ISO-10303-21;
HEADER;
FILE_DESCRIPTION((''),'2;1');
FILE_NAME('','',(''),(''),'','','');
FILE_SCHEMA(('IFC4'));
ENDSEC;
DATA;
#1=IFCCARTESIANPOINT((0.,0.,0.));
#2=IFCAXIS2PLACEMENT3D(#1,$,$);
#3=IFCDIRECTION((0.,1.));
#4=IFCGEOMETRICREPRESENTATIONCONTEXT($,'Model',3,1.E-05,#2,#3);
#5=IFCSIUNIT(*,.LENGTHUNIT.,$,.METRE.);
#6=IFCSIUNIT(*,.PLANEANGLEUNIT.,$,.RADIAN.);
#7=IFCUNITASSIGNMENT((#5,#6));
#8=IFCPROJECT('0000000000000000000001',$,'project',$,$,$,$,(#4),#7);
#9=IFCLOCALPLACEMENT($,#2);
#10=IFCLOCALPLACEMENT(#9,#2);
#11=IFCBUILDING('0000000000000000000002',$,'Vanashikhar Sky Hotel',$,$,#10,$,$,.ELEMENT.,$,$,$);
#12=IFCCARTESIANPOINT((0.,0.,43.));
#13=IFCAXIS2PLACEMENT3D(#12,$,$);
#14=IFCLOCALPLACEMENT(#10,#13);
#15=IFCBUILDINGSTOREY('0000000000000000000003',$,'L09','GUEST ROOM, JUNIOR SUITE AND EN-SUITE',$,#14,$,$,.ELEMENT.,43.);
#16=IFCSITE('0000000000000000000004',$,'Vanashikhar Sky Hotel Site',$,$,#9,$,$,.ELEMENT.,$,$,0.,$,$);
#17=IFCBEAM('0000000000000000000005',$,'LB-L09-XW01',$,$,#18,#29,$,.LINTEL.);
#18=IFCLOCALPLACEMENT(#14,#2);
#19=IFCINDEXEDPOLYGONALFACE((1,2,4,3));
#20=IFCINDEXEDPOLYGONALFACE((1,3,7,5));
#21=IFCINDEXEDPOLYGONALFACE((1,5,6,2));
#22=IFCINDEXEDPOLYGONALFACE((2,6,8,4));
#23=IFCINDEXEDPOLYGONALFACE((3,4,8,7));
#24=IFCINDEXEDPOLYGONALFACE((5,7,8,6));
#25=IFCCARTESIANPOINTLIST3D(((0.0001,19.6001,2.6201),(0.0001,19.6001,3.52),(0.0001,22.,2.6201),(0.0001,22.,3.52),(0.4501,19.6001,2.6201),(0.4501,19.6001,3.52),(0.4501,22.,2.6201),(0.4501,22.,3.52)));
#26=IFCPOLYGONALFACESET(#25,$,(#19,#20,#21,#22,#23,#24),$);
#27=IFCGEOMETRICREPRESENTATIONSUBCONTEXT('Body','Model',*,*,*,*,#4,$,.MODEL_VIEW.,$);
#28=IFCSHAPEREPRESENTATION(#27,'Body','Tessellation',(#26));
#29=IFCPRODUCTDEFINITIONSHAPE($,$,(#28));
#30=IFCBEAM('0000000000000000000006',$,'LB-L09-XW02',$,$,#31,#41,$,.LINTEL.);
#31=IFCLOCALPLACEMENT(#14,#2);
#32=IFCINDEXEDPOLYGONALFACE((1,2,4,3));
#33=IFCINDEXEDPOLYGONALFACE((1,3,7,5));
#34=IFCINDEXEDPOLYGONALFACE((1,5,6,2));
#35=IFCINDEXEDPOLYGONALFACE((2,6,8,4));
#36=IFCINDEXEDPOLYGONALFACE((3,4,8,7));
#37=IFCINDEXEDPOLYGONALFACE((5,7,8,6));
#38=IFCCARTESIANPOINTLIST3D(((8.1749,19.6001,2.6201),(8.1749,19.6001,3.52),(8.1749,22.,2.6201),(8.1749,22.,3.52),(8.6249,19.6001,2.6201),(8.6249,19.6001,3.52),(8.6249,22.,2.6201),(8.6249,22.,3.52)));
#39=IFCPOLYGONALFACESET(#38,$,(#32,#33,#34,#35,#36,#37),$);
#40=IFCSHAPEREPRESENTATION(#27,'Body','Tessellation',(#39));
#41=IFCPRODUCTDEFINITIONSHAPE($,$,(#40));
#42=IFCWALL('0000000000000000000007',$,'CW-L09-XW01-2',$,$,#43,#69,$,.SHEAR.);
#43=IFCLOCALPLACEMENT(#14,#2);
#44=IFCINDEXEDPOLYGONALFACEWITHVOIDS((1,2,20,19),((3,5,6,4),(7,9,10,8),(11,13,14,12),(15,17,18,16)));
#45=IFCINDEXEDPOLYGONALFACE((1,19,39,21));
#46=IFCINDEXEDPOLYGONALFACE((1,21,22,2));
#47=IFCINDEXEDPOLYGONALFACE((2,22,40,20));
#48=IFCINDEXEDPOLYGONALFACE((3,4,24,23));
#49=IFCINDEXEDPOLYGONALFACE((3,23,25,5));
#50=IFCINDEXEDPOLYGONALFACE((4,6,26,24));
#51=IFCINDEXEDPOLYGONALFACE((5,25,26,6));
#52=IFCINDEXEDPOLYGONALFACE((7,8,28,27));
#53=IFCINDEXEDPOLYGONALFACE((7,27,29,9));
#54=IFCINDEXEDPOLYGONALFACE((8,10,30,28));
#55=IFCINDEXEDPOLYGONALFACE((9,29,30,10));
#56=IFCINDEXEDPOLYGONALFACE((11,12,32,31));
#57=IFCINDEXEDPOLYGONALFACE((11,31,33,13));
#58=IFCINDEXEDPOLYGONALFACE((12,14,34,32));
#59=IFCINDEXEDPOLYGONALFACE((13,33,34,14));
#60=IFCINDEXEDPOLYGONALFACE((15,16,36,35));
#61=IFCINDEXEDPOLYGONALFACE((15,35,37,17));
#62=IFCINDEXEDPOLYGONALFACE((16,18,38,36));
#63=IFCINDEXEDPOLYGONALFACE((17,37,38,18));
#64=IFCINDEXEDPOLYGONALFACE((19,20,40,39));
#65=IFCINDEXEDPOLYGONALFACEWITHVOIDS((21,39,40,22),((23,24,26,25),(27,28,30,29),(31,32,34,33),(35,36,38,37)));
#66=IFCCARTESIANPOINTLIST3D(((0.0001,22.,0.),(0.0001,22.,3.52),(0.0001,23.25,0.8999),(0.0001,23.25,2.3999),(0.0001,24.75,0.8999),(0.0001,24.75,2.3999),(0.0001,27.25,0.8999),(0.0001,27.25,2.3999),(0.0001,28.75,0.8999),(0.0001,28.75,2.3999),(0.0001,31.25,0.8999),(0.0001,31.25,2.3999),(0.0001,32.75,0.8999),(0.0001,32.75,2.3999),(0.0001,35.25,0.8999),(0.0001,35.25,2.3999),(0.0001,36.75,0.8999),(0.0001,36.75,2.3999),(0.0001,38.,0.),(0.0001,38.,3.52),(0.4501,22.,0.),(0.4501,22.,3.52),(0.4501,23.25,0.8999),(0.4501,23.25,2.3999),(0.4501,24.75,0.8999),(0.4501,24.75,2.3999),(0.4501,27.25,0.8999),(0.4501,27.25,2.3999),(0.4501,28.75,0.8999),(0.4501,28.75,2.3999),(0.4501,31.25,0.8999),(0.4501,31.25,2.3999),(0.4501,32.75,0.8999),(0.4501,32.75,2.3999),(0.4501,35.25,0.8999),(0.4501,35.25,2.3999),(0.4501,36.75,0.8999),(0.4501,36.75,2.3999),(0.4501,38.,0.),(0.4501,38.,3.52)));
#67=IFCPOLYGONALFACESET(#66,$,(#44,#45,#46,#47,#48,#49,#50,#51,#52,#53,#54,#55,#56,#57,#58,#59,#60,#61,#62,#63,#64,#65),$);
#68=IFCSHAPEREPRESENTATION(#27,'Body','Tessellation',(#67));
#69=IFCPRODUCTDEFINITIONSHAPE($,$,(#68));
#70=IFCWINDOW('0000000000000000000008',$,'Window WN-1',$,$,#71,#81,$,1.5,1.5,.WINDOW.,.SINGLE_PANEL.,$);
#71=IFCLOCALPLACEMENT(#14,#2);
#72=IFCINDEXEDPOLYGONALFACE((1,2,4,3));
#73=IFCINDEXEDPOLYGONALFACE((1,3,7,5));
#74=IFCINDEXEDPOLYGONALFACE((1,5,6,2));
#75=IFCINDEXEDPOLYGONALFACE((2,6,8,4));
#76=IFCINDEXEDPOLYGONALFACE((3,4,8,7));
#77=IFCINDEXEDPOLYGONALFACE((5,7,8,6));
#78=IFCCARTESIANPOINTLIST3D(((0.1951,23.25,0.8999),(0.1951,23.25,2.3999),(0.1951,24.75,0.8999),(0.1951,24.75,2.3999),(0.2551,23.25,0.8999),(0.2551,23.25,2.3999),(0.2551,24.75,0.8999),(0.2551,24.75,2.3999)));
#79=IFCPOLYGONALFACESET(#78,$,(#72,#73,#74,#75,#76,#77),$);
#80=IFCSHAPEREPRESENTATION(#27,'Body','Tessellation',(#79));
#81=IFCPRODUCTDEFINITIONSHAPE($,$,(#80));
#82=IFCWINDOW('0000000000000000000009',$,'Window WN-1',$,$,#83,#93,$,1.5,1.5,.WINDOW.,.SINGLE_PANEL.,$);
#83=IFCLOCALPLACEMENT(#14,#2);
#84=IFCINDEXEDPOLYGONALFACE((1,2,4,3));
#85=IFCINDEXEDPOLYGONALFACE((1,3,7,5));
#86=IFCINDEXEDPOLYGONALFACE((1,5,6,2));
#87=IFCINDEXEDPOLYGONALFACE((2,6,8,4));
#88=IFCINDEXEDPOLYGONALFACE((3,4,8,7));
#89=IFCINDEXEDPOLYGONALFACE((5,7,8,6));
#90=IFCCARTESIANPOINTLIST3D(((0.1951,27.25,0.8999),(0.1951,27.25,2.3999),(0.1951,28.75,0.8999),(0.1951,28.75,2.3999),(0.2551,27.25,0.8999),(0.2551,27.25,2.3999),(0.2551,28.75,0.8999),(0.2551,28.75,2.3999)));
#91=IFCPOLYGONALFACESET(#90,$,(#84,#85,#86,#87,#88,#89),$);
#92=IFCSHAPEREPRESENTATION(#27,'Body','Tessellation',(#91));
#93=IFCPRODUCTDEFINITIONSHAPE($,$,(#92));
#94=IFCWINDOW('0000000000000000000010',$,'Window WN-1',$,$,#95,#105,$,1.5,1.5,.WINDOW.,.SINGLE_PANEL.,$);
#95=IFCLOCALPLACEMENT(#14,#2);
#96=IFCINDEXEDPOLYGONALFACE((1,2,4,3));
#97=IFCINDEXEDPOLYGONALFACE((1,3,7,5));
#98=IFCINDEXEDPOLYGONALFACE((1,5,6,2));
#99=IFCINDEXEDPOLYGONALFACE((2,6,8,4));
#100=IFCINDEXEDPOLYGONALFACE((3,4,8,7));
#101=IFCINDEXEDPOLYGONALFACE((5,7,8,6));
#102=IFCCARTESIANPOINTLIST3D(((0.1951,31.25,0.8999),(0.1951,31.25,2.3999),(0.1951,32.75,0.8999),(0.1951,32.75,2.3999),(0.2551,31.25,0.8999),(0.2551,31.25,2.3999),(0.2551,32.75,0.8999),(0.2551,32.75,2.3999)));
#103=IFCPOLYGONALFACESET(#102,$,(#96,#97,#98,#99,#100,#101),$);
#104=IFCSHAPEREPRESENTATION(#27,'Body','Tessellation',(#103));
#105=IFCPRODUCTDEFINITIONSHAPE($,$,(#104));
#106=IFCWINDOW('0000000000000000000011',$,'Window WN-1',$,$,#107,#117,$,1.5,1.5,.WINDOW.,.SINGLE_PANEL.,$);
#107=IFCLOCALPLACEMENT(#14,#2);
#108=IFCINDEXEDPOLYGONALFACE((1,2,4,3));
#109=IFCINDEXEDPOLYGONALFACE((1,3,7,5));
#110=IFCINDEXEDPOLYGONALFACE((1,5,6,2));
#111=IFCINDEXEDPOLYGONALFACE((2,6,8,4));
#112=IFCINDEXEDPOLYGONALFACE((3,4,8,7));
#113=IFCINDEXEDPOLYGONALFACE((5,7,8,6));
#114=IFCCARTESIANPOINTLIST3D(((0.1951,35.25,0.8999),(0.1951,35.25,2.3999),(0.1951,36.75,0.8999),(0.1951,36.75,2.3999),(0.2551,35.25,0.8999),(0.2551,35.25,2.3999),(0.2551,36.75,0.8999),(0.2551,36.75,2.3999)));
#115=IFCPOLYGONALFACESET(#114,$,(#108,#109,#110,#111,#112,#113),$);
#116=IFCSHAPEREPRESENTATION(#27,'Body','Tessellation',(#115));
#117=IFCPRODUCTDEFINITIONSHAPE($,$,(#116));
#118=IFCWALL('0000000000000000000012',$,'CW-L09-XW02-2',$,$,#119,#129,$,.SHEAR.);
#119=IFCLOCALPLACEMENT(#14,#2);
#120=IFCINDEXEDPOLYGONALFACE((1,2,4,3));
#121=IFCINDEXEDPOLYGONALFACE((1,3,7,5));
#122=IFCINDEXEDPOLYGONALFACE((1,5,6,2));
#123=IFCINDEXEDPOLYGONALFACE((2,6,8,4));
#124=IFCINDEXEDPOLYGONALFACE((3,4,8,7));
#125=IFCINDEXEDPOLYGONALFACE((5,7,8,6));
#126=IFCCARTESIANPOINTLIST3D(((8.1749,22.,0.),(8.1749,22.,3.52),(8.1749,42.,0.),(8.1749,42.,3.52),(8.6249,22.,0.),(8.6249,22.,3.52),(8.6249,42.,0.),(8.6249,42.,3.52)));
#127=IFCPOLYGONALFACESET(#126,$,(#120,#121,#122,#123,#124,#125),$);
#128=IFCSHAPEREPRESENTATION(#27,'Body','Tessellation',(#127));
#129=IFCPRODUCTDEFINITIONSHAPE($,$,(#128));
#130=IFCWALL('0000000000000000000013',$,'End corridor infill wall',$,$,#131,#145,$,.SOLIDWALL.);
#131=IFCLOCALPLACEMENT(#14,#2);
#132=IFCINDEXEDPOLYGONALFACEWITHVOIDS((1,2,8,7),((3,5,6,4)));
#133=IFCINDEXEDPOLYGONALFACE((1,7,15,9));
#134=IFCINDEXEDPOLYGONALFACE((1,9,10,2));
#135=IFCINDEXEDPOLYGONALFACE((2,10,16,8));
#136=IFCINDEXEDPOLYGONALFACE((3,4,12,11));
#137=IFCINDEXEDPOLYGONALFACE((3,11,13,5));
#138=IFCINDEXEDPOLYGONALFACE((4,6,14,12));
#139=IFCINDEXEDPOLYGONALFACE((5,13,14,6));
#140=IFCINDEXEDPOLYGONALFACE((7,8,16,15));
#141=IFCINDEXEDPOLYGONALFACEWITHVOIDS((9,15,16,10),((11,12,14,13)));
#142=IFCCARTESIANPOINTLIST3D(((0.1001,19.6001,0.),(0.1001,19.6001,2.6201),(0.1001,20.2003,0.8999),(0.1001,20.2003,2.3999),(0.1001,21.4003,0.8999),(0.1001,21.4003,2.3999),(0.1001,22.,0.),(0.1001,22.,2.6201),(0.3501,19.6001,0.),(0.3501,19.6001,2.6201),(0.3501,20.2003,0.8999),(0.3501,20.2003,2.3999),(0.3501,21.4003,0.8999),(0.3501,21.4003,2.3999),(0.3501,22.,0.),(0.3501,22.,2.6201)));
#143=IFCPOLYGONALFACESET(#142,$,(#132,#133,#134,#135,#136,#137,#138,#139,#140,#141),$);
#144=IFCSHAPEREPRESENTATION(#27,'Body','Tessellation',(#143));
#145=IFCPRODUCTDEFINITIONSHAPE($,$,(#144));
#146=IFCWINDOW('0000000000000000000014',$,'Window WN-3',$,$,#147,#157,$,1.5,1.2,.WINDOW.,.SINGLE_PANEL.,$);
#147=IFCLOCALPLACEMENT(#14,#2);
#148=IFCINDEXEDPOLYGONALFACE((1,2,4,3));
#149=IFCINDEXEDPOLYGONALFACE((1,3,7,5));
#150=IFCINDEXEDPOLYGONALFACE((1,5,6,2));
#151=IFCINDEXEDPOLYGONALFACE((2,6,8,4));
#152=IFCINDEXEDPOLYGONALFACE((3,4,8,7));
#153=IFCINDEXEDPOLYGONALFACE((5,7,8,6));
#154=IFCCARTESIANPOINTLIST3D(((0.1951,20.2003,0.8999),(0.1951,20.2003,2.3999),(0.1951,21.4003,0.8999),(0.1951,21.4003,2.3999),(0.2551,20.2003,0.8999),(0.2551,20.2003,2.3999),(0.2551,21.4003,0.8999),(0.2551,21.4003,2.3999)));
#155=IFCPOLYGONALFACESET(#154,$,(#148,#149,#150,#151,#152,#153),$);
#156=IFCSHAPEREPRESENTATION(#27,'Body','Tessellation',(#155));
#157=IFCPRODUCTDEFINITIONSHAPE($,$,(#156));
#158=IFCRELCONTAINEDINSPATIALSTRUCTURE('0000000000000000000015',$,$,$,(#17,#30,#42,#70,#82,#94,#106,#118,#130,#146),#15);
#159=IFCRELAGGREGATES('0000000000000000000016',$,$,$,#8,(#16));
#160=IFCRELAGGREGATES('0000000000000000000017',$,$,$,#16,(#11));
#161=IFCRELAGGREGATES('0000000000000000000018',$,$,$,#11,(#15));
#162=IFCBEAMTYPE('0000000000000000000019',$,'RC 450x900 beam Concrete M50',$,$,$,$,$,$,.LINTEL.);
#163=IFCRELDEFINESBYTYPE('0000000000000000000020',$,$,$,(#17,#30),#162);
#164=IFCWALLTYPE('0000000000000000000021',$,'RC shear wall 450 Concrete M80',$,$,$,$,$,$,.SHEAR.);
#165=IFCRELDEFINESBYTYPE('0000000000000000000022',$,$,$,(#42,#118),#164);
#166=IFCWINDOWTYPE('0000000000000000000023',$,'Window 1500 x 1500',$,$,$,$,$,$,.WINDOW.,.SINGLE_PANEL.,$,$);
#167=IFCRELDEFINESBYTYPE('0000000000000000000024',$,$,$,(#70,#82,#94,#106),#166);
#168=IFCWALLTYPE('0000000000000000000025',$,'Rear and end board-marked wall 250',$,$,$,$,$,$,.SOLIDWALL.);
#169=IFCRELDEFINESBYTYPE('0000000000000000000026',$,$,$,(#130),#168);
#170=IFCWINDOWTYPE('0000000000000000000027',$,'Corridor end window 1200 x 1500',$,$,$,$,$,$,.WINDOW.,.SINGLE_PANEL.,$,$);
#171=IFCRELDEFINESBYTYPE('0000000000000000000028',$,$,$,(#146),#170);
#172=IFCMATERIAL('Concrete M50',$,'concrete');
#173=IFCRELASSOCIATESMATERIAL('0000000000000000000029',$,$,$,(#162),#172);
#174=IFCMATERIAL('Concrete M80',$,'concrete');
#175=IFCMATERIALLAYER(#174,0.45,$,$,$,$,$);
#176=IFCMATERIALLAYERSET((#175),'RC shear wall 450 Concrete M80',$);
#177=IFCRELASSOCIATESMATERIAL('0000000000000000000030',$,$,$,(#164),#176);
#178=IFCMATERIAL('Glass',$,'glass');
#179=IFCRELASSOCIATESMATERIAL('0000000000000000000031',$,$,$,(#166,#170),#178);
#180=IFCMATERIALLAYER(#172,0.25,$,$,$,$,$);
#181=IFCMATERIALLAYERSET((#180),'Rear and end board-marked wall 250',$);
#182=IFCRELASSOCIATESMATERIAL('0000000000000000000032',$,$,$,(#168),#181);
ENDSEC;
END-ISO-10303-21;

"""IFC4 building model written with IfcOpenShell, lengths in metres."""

from ifc_helpers import new_model, si_unit, direction, frame, frame_2d, origin, origin_2d, place, context, subcontext, project, spatial, rectangle, extrude, source, transform, mapped, material, layer, layer_set, material_profile, profile_set, type_object, element, fill, save


model = new_model("IFC4")

# Units and contexts
model_context = context("Model", 3, precision=1e-05, world=origin(), true_north=direction((0.0, 1.0)))
body_context = subcontext(model_context, "Body", "Model", "MODEL_VIEW")
ifc_project = project(units=[si_unit("LENGTHUNIT", "METRE"), si_unit("PLANEANGLEUNIT", "RADIAN")], contexts=[model_context])

# Site, building, storey
site_placement = place(None, origin())
site = spatial("IfcSite", under=ifc_project, at=site_placement, Name="Vanashikhar Sky Hotel Site", CompositionType="ELEMENT", RefElevation=0.0)
building_placement = place(site_placement, origin())
building = spatial("IfcBuilding", under=site, at=building_placement, Name="Vanashikhar Sky Hotel", CompositionType="ELEMENT")
storey_placement = place(building_placement, frame((0.0, 0.0, 43.0)))
storey = spatial("IfcBuildingStorey", under=building, at=storey_placement, Name="L09", Description="GUEST ROOM, JUNIOR SUITE AND EN-SUITE", CompositionType="ELEMENT", Elevation=43.0)

# Beams
ifc_material_1 = material(Name="Concrete M50", Category="concrete")
ifc_material_profile = material_profile(ifc_material_1, rectangle(XDim=0.45, YDim=0.8999, at=origin_2d()))
ifc_profile_set = profile_set([ifc_material_profile], Name="RC 450x900 beam Concrete M50")
beam_type = type_object("IfcBeamType", Name="RC 450x900 beam Concrete M50", PredefinedType="LINTEL", material=ifc_profile_set)
shared_shape_1 = source(origin(), body_context, "Body", "SweptSolid", [
    extrude(rectangle(XDim=0.45, YDim=0.8999, at=origin_2d()), origin(), (0.0, 0.0, 1.0), 2.3999),
])
for number, where, z_axis, x_axis, name in (
    (1, (0.2251, 19.6001, 3.0701), (0.0, 1.0, 0.0), (-1.0, 0.0, 0.0), "LB-L09-XW01"),
    (2, (8.3999, 19.6001, 3.0701), (0.0, 1.0, 0.0), (-1.0, 0.0, 0.0), "LB-L09-XW02"),
):
    element("IfcBeam", number, at=place(storey_placement, frame(where, z_axis=z_axis, x_axis=x_axis)), inside=storey, type_object=beam_type, Name=name, PredefinedType="LINTEL", context=body_context, shape_type="MappedRepresentation", body=[
        mapped(shared_shape_1, transform((0.0, 0.0, 0.0), scale=1.0)),
    ])

# Wall, openings, windows
ifc_material_2 = material(Name="Concrete M80", Category="concrete")
ifc_layer_1 = layer(ifc_material_2, 0.45)
ifc_layer_set_1 = layer_set([ifc_layer_1], Name="RC shear wall 450 Concrete M80")
wall_type_1 = type_object("IfcWallType", Name="RC shear wall 450 Concrete M80", PredefinedType="SHEAR", material=ifc_layer_set_1)
shared_shape_2 = source(origin(), body_context, "Body", "SweptSolid", [
    extrude(rectangle(XDim=16.0, YDim=0.45, at=frame_2d((8.0, 0.0))), origin(), (0.0, 0.0, 1.0), 3.52),
])
wall_1_placement = place(storey_placement, frame((0.2251, 22.0, 0.0), z_axis=(0.0, 0.0, 1.0), x_axis=(0.0, 1.0, 0.0)))
wall_1 = element("IfcWall", 3, at=wall_1_placement, inside=storey, type_object=wall_type_1, Name="CW-L09-XW01-2", PredefinedType="SHEAR", context=body_context, shape_type="MappedRepresentation", body=[
    mapped(shared_shape_2, transform((0.0, 0.0, 0.0), scale=1.0)),
])
shared_shape_3 = source(origin(), body_context, "Body", "SweptSolid", [
    extrude(rectangle(XDim=1.5, YDim=1.5, at=frame_2d((0.75, 0.75))), frame((0.0, 0.2349, 0.0), z_axis=(0.0, -1.0, 0.0), x_axis=(1.0, 0.0, 0.0)), (0.0, 0.0, 1.0), 0.47),
])
opening_1_placement = place(wall_1_placement, frame((1.25, 0.0, 0.8999)))
opening_1 = element("IfcOpeningElement", 4, at=opening_1_placement, cuts=wall_1, PredefinedType="OPENING", context=body_context, shape_type="MappedRepresentation", body=[
    mapped(shared_shape_3, transform((0.0, 0.0, 0.0), scale=1.0)),
])
opening_2_placement = place(wall_1_placement, frame((5.25, 0.0, 0.8999)))
opening_2 = element("IfcOpeningElement", 5, at=opening_2_placement, cuts=wall_1, PredefinedType="OPENING", context=body_context, shape_type="MappedRepresentation", body=[
    mapped(shared_shape_3, transform((0.0, 0.0, 0.0), scale=1.0)),
])
opening_3_placement = place(wall_1_placement, frame((9.25, 0.0, 0.8999)))
opening_3 = element("IfcOpeningElement", 6, at=opening_3_placement, cuts=wall_1, PredefinedType="OPENING", context=body_context, shape_type="MappedRepresentation", body=[
    mapped(shared_shape_3, transform((0.0, 0.0, 0.0), scale=1.0)),
])
opening_4_placement = place(wall_1_placement, frame((13.25, 0.0, 0.8999)))
opening_4 = element("IfcOpeningElement", 7, at=opening_4_placement, cuts=wall_1, PredefinedType="OPENING", context=body_context, shape_type="MappedRepresentation", body=[
    mapped(shared_shape_3, transform((0.0, 0.0, 0.0), scale=1.0)),
])
ifc_material_3 = material(Name="Glass", Category="glass")
window_type_1 = type_object("IfcWindowType", Name="Window 1500 x 1500", PartitioningType="SINGLE_PANEL", PredefinedType="WINDOW", material=ifc_material_3)
shared_shape_4 = source(origin(), body_context, "Body", "SweptSolid", [
    extrude(rectangle(XDim=1.5, YDim=1.5, at=frame_2d((0.75, 0.75))), frame((0.0, 0.03, 0.0), z_axis=(0.0, -1.0, 0.0), x_axis=(1.0, 0.0, 0.0)), (0.0, 0.0, 1.0), 0.0601),
])
window_1_placement = place(opening_1_placement, origin())
window_1 = element("IfcWindow", 8, at=window_1_placement, inside=storey, type_object=window_type_1, Name="Window WN-1", OverallHeight=1.5, OverallWidth=1.5, PartitioningType="SINGLE_PANEL", PredefinedType="WINDOW", context=body_context, shape_type="MappedRepresentation", body=[
    mapped(shared_shape_4, transform((0.0, 0.0, 0.0), scale=1.0)),
])
fill(opening_1, window_1)
window_2_placement = place(opening_2_placement, origin())
window_2 = element("IfcWindow", 9, at=window_2_placement, inside=storey, type_object=window_type_1, Name="Window WN-1", OverallHeight=1.5, OverallWidth=1.5, PartitioningType="SINGLE_PANEL", PredefinedType="WINDOW", context=body_context, shape_type="MappedRepresentation", body=[
    mapped(shared_shape_4, transform((0.0, 0.0, 0.0), scale=1.0)),
])
fill(opening_2, window_2)
window_3_placement = place(opening_3_placement, origin())
window_3 = element("IfcWindow", 10, at=window_3_placement, inside=storey, type_object=window_type_1, Name="Window WN-1", OverallHeight=1.5, OverallWidth=1.5, PartitioningType="SINGLE_PANEL", PredefinedType="WINDOW", context=body_context, shape_type="MappedRepresentation", body=[
    mapped(shared_shape_4, transform((0.0, 0.0, 0.0), scale=1.0)),
])
fill(opening_3, window_3)
window_4_placement = place(opening_4_placement, origin())
window_4 = element("IfcWindow", 11, at=window_4_placement, inside=storey, type_object=window_type_1, Name="Window WN-1", OverallHeight=1.5, OverallWidth=1.5, PartitioningType="SINGLE_PANEL", PredefinedType="WINDOW", context=body_context, shape_type="MappedRepresentation", body=[
    mapped(shared_shape_4, transform((0.0, 0.0, 0.0), scale=1.0)),
])
fill(opening_4, window_4)

# Wall
shared_shape_5 = source(origin(), body_context, "Body", "SweptSolid", [
    extrude(rectangle(XDim=20.0, YDim=0.45, at=frame_2d((10.0, 0.0))), origin(), (0.0, 0.0, 1.0), 3.52),
])
wall_2_placement = place(storey_placement, frame((8.3999, 22.0, 0.0), z_axis=(0.0, 0.0, 1.0), x_axis=(0.0, 1.0, 0.0)))
element("IfcWall", 12, at=wall_2_placement, inside=storey, type_object=wall_type_1, Name="CW-L09-XW02-2", PredefinedType="SHEAR", context=body_context, shape_type="MappedRepresentation", body=[
    mapped(shared_shape_5, transform((0.0, 0.0, 0.0), scale=1.0)),
])

# Wall, opening, window
ifc_layer_2 = layer(ifc_material_1, 0.25)
ifc_layer_set_2 = layer_set([ifc_layer_2], Name="Rear and end board-marked wall 250")
wall_type_2 = type_object("IfcWallType", Name="Rear and end board-marked wall 250", PredefinedType="SOLIDWALL", material=ifc_layer_set_2)
shared_shape_6 = source(origin(), body_context, "Body", "SweptSolid", [
    extrude(rectangle(XDim=2.3999, YDim=0.25, at=frame_2d((1.2, 0.0))), origin(), (0.0, 0.0, 1.0), 2.6201),
])
wall_3_placement = place(storey_placement, frame((0.2251, 19.6001, 0.0), z_axis=(0.0, 0.0, 1.0), x_axis=(0.0, 1.0, 0.0)))
wall_3 = element("IfcWall", 13, at=wall_3_placement, inside=storey, type_object=wall_type_2, Name="End corridor infill wall", PredefinedType="SOLIDWALL", context=body_context, shape_type="MappedRepresentation", body=[
    mapped(shared_shape_6, transform((0.0, 0.0, 0.0), scale=1.0)),
])
shared_shape_7 = source(origin(), body_context, "Body", "SweptSolid", [
    extrude(rectangle(XDim=1.2, YDim=1.5, at=frame_2d((0.6001, 0.75))), frame((0.0, 0.135, 0.0), z_axis=(0.0, -1.0, 0.0), x_axis=(1.0, 0.0, 0.0)), (0.0, 0.0, 1.0), 0.27),
])
opening_5_placement = place(wall_3_placement, frame((0.6001, 0.0, 0.8999)))
opening_5 = element("IfcOpeningElement", 14, at=opening_5_placement, cuts=wall_3, PredefinedType="OPENING", context=body_context, shape_type="MappedRepresentation", body=[
    mapped(shared_shape_7, transform((0.0, 0.0, 0.0), scale=1.0)),
])
window_type_2 = type_object("IfcWindowType", Name="Corridor end window 1200 x 1500", PartitioningType="SINGLE_PANEL", PredefinedType="WINDOW", material=ifc_material_3)
shared_shape_8 = source(origin(), body_context, "Body", "SweptSolid", [
    extrude(rectangle(XDim=1.2, YDim=1.5, at=frame_2d((0.6001, 0.75))), frame((0.0, 0.03, 0.0), z_axis=(0.0, -1.0, 0.0), x_axis=(1.0, 0.0, 0.0)), (0.0, 0.0, 1.0), 0.0601),
])
window_5_placement = place(opening_5_placement, origin())
window_5 = element("IfcWindow", 15, at=window_5_placement, inside=storey, type_object=window_type_2, Name="Window WN-3", OverallHeight=1.5, OverallWidth=1.2, PartitioningType="SINGLE_PANEL", PredefinedType="WINDOW", context=body_context, shape_type="MappedRepresentation", body=[
    mapped(shared_shape_8, transform((0.0, 0.0, 0.0), scale=1.0)),
])
fill(opening_5, window_5)

save(model, "model.ifc")
